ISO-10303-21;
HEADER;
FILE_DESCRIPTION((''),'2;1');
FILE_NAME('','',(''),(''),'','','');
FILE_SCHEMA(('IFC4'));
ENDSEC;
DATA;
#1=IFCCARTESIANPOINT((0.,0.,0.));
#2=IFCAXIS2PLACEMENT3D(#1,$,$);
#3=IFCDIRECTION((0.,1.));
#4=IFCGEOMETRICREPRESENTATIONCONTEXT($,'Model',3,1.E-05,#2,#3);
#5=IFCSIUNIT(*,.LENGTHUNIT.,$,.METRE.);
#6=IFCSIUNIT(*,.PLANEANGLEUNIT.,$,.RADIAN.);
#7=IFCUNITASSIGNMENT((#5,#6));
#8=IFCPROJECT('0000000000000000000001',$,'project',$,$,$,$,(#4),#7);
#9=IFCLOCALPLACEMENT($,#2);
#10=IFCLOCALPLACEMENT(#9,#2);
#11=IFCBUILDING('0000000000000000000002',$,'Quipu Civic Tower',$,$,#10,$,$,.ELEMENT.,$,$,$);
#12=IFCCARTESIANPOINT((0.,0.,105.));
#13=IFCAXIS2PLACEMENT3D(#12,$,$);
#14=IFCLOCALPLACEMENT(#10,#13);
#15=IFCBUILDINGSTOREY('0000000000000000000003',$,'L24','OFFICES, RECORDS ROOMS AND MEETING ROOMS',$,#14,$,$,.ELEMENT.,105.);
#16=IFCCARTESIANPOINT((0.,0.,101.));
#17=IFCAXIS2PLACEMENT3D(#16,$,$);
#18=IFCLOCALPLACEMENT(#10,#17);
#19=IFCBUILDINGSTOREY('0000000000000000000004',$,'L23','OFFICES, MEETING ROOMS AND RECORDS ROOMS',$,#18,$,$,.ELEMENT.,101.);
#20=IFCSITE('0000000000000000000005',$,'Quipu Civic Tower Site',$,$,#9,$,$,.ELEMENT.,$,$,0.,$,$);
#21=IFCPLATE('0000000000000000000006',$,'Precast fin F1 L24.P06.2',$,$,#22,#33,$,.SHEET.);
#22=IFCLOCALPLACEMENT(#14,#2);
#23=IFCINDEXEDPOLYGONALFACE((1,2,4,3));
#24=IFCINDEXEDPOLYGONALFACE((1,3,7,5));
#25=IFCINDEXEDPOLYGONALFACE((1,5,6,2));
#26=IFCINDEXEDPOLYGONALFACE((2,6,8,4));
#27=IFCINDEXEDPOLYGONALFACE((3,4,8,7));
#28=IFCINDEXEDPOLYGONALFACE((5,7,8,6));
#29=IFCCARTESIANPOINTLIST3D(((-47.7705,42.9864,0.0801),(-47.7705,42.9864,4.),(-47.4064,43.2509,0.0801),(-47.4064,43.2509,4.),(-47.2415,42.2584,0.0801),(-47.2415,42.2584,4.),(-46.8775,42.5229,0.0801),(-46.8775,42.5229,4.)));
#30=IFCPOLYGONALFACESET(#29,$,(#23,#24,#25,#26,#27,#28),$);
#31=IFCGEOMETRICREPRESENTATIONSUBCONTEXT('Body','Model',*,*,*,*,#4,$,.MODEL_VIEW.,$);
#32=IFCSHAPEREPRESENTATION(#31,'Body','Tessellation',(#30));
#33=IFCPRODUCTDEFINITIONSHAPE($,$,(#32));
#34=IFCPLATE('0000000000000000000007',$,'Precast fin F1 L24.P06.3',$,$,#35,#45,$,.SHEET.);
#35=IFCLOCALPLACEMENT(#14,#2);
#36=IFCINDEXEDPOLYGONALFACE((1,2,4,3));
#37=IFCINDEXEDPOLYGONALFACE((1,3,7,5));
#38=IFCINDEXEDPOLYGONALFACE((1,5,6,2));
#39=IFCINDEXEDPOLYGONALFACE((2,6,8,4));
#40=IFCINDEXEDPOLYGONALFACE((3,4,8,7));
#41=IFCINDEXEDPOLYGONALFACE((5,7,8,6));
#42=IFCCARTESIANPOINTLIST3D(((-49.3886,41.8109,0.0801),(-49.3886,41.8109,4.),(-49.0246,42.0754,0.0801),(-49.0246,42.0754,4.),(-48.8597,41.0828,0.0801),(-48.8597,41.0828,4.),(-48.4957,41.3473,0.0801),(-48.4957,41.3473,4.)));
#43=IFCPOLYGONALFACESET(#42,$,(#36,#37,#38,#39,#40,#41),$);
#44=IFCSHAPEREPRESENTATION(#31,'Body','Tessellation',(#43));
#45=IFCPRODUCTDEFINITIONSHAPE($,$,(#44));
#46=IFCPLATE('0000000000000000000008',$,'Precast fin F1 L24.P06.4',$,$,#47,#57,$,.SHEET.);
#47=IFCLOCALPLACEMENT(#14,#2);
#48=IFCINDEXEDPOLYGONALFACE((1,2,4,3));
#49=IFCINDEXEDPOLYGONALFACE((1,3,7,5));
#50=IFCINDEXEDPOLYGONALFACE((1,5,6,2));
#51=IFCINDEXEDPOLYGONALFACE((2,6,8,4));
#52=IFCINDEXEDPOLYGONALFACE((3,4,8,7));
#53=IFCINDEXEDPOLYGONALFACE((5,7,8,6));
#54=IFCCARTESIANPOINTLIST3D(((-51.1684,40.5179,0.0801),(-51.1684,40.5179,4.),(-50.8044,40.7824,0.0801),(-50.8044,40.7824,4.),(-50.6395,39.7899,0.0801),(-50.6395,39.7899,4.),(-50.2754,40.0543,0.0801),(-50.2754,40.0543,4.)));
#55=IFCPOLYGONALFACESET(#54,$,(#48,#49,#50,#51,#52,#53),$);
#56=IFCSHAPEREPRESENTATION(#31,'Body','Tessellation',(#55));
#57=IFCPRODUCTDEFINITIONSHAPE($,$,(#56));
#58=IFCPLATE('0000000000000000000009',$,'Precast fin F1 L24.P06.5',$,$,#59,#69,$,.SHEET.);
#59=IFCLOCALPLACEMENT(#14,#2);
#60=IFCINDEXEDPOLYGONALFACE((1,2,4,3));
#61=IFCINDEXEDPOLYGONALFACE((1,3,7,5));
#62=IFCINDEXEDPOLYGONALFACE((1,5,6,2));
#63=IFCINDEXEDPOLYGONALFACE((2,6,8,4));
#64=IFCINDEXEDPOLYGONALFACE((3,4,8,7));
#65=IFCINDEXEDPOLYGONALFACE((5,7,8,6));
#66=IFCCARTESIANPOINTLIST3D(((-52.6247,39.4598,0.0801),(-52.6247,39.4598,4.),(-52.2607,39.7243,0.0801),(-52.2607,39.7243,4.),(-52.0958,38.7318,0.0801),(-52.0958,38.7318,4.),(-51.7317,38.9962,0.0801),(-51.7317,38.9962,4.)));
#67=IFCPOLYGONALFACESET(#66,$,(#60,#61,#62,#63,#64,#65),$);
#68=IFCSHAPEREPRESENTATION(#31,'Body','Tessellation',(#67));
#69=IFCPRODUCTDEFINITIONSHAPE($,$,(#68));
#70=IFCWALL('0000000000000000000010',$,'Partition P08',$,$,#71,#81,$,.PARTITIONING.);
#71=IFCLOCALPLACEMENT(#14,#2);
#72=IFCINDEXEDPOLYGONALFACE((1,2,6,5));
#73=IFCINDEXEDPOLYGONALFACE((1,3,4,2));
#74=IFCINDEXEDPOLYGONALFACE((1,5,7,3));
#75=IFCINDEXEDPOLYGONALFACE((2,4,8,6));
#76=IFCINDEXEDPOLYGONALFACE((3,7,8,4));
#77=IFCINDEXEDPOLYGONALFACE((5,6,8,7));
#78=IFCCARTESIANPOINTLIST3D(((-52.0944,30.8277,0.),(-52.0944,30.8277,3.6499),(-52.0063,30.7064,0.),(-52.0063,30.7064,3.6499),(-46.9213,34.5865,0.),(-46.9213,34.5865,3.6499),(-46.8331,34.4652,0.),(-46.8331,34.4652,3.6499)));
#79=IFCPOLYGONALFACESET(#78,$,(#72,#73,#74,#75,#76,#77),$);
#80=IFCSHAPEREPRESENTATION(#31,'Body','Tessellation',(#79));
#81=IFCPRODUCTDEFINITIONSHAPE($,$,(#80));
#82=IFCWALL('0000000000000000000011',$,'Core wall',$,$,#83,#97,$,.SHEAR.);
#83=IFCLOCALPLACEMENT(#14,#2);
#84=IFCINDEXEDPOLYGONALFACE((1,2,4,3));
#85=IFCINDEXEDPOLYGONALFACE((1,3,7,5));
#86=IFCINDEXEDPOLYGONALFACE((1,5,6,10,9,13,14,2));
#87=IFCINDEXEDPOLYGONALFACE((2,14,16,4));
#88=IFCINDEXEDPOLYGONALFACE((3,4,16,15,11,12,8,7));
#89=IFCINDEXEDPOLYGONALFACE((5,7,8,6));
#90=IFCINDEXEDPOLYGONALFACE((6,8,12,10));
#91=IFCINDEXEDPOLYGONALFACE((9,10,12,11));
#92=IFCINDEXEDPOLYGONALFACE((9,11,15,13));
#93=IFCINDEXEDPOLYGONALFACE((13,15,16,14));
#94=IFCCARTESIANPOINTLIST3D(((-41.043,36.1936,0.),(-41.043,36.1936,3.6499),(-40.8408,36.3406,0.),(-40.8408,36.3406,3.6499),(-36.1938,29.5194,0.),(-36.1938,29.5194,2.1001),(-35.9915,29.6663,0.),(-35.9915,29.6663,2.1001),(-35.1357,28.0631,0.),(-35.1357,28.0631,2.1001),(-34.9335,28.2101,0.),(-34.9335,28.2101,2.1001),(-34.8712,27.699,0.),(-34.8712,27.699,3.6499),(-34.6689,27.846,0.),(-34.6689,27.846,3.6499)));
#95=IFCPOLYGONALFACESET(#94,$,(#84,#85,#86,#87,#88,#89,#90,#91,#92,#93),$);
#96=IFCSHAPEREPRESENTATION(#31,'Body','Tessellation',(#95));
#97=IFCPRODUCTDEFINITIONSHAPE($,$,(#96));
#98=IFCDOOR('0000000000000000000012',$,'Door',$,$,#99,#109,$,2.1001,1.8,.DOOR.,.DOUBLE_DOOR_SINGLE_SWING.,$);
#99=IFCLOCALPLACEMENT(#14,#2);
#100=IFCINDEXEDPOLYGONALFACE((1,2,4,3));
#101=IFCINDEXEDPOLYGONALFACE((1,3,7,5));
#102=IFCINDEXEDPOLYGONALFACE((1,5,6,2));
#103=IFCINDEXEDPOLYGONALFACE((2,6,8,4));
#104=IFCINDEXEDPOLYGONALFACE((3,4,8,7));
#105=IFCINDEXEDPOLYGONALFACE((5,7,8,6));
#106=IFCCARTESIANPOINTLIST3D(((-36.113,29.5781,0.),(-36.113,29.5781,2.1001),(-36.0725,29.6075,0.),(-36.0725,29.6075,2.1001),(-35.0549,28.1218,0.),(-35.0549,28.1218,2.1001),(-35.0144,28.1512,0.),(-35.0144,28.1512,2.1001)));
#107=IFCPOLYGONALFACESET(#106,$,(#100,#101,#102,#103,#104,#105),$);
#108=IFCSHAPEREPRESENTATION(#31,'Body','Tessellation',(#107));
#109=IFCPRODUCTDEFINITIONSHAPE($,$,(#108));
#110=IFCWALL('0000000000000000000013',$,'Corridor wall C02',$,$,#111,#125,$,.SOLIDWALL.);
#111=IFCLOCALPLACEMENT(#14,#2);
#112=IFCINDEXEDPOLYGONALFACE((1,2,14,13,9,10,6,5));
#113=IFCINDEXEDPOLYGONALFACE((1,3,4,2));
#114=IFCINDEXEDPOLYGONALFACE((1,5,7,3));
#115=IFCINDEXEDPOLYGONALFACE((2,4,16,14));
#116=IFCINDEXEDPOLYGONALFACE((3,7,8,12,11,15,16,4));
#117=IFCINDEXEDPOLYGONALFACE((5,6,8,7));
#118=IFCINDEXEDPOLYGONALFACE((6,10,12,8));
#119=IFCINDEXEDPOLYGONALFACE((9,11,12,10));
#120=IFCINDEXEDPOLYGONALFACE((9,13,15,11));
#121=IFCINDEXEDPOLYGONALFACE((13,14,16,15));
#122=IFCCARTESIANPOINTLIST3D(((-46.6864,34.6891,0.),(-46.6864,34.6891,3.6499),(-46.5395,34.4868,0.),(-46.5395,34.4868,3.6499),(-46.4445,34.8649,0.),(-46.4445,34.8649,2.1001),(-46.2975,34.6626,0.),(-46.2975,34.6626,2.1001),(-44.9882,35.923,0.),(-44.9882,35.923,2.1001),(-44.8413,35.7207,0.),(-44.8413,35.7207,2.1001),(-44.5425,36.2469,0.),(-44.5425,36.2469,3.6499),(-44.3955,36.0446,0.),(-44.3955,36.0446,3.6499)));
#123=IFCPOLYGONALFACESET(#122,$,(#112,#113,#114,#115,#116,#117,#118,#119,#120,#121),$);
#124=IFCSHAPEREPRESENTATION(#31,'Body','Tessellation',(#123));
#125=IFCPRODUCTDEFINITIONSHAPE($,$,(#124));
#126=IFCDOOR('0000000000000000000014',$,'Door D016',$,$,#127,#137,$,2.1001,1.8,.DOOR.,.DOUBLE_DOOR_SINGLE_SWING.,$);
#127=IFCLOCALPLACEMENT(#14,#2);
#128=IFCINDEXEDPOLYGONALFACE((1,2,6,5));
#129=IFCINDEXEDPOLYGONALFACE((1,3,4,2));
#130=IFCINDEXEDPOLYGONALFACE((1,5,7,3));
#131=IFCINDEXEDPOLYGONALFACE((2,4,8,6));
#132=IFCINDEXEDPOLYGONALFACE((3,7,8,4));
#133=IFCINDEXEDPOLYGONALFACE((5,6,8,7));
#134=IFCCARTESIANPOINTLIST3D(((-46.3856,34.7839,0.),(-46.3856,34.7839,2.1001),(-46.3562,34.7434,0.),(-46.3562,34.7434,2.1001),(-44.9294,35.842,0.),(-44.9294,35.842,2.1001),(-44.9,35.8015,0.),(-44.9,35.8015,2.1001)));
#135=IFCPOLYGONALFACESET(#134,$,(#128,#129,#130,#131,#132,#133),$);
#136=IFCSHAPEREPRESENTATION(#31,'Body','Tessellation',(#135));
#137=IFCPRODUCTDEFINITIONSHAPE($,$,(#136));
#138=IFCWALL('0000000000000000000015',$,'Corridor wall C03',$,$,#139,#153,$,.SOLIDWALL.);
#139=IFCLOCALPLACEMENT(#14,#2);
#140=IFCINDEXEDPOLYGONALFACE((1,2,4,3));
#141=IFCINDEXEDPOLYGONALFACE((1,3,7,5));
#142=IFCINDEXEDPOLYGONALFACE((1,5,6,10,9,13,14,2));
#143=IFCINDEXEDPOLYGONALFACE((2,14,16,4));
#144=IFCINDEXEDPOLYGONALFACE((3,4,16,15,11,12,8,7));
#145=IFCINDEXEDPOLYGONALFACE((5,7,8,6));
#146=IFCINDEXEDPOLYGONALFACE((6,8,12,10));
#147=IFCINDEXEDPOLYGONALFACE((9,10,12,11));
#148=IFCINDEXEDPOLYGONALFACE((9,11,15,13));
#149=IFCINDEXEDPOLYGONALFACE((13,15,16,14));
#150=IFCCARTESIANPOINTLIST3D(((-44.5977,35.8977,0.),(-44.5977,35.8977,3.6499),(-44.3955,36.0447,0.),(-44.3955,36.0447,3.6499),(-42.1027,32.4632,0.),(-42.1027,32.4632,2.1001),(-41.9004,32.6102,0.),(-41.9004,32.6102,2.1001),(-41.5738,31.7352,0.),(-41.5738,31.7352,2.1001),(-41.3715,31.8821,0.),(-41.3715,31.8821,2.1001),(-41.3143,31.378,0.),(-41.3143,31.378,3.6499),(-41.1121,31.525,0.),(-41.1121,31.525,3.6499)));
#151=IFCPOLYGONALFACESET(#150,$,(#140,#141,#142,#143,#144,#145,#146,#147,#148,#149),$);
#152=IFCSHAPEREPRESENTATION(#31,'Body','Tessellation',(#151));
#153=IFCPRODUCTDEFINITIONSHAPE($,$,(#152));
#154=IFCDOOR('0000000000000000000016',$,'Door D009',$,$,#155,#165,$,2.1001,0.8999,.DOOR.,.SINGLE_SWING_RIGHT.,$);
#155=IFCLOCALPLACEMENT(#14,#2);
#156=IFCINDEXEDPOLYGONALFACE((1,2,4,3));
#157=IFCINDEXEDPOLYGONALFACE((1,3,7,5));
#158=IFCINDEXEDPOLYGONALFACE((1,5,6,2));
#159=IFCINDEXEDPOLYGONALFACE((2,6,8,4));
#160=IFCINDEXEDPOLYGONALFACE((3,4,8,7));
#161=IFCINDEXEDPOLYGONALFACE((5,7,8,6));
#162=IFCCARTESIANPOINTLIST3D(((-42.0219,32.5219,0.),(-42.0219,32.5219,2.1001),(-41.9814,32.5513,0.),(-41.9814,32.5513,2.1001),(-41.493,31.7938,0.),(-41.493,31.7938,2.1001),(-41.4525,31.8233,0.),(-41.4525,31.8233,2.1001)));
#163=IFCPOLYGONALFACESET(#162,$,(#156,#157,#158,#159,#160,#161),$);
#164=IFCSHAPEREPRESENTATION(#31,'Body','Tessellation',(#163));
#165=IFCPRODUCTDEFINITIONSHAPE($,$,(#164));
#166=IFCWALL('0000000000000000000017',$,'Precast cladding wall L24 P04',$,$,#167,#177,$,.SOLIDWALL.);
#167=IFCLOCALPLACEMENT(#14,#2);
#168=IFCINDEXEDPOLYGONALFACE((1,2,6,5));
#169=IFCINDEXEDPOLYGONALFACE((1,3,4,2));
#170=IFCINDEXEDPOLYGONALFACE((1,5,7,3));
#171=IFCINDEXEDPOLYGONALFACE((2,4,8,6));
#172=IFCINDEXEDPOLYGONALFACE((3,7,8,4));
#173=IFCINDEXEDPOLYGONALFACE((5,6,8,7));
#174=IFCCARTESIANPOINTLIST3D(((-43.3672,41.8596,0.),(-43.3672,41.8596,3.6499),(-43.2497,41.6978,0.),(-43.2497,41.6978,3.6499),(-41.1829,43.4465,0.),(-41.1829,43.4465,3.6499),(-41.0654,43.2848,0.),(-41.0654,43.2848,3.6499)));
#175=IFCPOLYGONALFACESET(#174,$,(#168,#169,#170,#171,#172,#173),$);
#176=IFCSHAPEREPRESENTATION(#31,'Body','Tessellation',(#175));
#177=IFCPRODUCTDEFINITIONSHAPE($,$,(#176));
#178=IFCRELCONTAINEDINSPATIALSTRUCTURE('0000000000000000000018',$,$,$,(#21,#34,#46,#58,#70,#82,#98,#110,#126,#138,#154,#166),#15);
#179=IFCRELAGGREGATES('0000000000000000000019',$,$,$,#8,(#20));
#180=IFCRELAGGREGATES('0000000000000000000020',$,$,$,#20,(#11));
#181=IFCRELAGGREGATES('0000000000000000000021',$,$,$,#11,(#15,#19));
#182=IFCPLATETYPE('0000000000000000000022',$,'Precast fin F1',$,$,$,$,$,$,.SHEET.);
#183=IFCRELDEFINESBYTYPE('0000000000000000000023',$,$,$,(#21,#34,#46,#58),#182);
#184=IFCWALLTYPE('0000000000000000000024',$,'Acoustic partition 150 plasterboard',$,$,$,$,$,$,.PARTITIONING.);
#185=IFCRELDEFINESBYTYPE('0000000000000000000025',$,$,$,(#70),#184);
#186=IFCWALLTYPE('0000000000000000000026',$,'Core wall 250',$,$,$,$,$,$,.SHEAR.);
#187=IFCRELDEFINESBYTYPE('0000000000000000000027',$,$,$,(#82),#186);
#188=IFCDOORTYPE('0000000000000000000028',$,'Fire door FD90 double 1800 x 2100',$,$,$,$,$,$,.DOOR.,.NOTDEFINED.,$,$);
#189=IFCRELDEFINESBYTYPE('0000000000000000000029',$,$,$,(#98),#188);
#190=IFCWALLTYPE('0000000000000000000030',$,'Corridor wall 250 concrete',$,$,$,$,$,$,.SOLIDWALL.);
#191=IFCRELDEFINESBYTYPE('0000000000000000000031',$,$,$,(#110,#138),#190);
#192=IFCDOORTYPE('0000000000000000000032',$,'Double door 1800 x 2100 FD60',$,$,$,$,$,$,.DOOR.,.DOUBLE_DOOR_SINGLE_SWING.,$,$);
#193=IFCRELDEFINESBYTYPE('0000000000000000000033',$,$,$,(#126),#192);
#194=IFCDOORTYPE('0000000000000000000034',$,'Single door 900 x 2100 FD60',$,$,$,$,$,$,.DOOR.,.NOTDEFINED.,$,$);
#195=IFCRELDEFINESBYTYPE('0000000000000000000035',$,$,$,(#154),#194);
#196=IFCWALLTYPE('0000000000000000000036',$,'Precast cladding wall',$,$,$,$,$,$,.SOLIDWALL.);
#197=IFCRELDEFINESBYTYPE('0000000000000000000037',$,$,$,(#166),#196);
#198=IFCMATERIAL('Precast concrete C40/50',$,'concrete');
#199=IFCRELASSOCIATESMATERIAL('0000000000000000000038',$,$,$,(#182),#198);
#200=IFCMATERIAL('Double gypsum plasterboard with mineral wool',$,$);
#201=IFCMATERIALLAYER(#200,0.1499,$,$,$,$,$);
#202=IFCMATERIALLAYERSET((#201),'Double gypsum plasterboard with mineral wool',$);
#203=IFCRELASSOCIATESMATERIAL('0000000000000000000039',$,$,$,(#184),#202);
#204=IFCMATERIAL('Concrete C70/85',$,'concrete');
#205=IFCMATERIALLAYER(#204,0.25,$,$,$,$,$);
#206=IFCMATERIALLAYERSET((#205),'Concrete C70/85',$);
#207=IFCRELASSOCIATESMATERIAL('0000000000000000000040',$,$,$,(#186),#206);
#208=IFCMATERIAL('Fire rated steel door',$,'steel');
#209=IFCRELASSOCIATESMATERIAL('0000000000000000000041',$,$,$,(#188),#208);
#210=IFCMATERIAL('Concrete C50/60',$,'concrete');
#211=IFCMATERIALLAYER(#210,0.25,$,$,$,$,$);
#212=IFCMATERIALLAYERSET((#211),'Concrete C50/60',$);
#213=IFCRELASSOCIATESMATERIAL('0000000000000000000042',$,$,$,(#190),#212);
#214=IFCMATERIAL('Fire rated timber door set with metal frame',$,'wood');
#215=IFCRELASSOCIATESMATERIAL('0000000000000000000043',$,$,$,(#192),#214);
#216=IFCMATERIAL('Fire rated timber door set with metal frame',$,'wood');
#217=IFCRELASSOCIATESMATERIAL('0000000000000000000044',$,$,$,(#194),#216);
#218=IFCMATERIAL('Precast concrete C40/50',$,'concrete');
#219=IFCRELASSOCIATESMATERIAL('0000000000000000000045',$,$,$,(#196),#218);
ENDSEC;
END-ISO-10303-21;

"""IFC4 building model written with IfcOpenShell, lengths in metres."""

from ifc_helpers import new_model, si_unit, direction, frame, frame_2d, origin, origin_2d, place, context, subcontext, project, spatial, rectangle, extrude, material, layer, layer_set, type_object, element, fill, save


model = new_model("IFC4")

# Units and contexts
model_context = context("Model", 3, precision=1e-05, world=origin(), true_north=direction((0.0, 1.0)))
body_context = subcontext(model_context, "Body", "Model", "MODEL_VIEW")
ifc_project = project(units=[si_unit("LENGTHUNIT", "METRE"), si_unit("PLANEANGLEUNIT", "RADIAN")], contexts=[model_context])

# Site, building, storey
site_placement = place(None, origin())
site = spatial("IfcSite", under=ifc_project, at=site_placement, Name="Quipu Civic Tower Site", CompositionType="ELEMENT", RefElevation=0.0)
building_placement = place(site_placement, origin())
building = spatial("IfcBuilding", under=site, at=building_placement, Name="Quipu Civic Tower", CompositionType="ELEMENT")
storey_1_placement = place(building_placement, frame((0.0, 0.0, 105.0)))
storey_1 = spatial("IfcBuildingStorey", under=building, at=storey_1_placement, Name="L24", Description="OFFICES, RECORDS ROOMS AND MEETING ROOMS", CompositionType="ELEMENT", Elevation=105.0)

# Shared definitions
storey_2_placement = place(building_placement, frame((0.0, 0.0, 101.0)))
storey_2 = spatial("IfcBuildingStorey", under=building, at=storey_2_placement, Name="L23", Description="OFFICES, MEETING ROOMS AND RECORDS ROOMS", CompositionType="ELEMENT", Elevation=101.0)

# Plates
ifc_material_1 = material(Name="Precast concrete C40/50", Category="concrete")
plate_type_1 = type_object("IfcPlateType", Name="Precast fin F1", PredefinedType="SHEET", material=ifc_material_1)
for number, where, z_axis, x_axis, name in (
    (1, (-47.324, 42.7546, 0.0801), (0.0, 0.0, 1.0), (-0.809021, -0.587779, 0.0), "Precast fin F1 L24.P06.2"),
    (2, (-48.9421, 41.5791, 0.0801), (0.0, 0.0, 1.0), (-0.809021, -0.587779, 0.0), "Precast fin F1 L24.P06.3"),
    (3, (-50.7219, 40.2861, 0.0801), (0.0, 0.0, 1.0), (-0.809021, -0.587779, 0.0), "Precast fin F1 L24.P06.4"),
    (4, (-52.1782, 39.228, 0.0801), (0.0, 0.0, 1.0), (-0.809021, -0.587779, 0.0), "Precast fin F1 L24.P06.5"),
):
    element("IfcPlate", number, at=place(storey_1_placement, frame(where, z_axis=z_axis, x_axis=x_axis)), inside=storey_1, type_object=plate_type_1, Name=name, PredefinedType="SHEET", context=body_context, shape_type="SweptSolid", body=[
        extrude(rectangle(XDim=0.45, YDim=0.8999, at=origin_2d()), origin(), (0.0, 0.0, 1.0), 3.9199),
    ])

# Wall
ifc_material_2 = material(Name="Double gypsum plasterboard with mineral wool")
ifc_layer_1 = layer(ifc_material_2, 0.1499)
ifc_layer_set_1 = layer_set([ifc_layer_1], Name="Double gypsum plasterboard with mineral wool")
wall_type_1 = type_object("IfcWallType", Name="Acoustic partition 150 plasterboard", PredefinedType="PARTITIONING", material=ifc_layer_set_1)
wall_1_placement = place(storey_1_placement, frame((-46.8772, 34.5259, 0.0), z_axis=(0.0, 0.0, 1.0), x_axis=(-0.808994, -0.587817, 0.0)))
element("IfcWall", 5, at=wall_1_placement, inside=storey_1, type_object=wall_type_1, Name="Partition P08", PredefinedType="PARTITIONING", context=body_context, shape_type="SweptSolid", body=[
    extrude(rectangle(XDim=6.3945, YDim=0.1499, at=frame_2d((3.1973, 0.0))), origin(), (0.0, 0.0, 1.0), 3.6499),
])

# Walls, openings, doors
ifc_material_3 = material(Name="Concrete C70/85", Category="concrete")
ifc_layer_2 = layer(ifc_material_3, 0.25)
ifc_layer_set_2 = layer_set([ifc_layer_2], Name="Concrete C70/85")
wall_type_2 = type_object("IfcWallType", Name="Core wall 250", PredefinedType="SHEAR", material=ifc_layer_set_2)
wall_2_placement = place(storey_1_placement, frame((-40.9419, 36.2671, 0.0), z_axis=(0.0, 0.0, 1.0), x_axis=(0.587796, -0.809009, 0.0)))
wall_2 = element("IfcWall", 6, at=wall_2_placement, inside=storey_1, type_object=wall_type_2, Name="Core wall", PredefinedType="SHEAR", context=body_context, shape_type="SweptSolid", body=[
    extrude(rectangle(XDim=10.5, YDim=0.25, at=frame_2d((5.25, 0.0))), origin(), (0.0, 0.0, 1.0), 3.6499),
])
opening_1_placement = place(wall_2_placement, frame((8.25, 0.0, 0.0)))
opening_1 = element("IfcOpeningElement", 7, at=opening_1_placement, cuts=wall_2, PredefinedType="OPENING", context=body_context, shape_type="SweptSolid", body=[
    extrude(rectangle(XDim=1.8, YDim=2.1001, at=frame_2d((0.8999, 1.05))), frame((0.0, 0.135, 0.0), z_axis=(0.0, -1.0, 0.0), x_axis=(1.0, 0.0, 0.0)), (0.0, 0.0, 1.0), 0.27),
])
ifc_material_4 = material(Name="Fire rated steel door", Category="steel")
door_type_1 = type_object("IfcDoorType", Name="Fire door FD90 double 1800 x 2100", OperationType="NOTDEFINED", PredefinedType="DOOR", material=ifc_material_4)
door_1_placement = place(opening_1_placement, origin())
door_1 = element("IfcDoor", 8, at=door_1_placement, inside=storey_1, type_object=door_type_1, Name="Door", OperationType="DOUBLE_DOOR_SINGLE_SWING", OverallHeight=2.1001, OverallWidth=1.8, PredefinedType="DOOR", context=body_context, shape_type="SweptSolid", body=[
    extrude(rectangle(XDim=1.8, YDim=2.1001, at=frame_2d((0.8999, 1.05))), frame((0.0, 0.0249, 0.0), z_axis=(0.0, -1.0, 0.0), x_axis=(1.0, 0.0, 0.0)), (0.0, 0.0, 1.0), 0.05),
])
fill(opening_1, door_1)
ifc_material_5 = material(Name="Concrete C50/60", Category="concrete")
ifc_layer_3 = layer(ifc_material_5, 0.25)
ifc_layer_set_3 = layer_set([ifc_layer_3], Name="Concrete C50/60")
wall_type_3 = type_object("IfcWallType", Name="Corridor wall 250 concrete", PredefinedType="SOLIDWALL", material=ifc_layer_set_3)
wall_3_placement = place(storey_1_placement, frame((-46.613, 34.5879, 0.0), z_axis=(0.0, 0.0, 1.0), x_axis=(0.808995, 0.587816, 0.0)))
wall_3 = element("IfcWall", 9, at=wall_3_placement, inside=storey_1, type_object=wall_type_3, Name="Corridor wall C02", PredefinedType="SOLIDWALL", context=body_context, shape_type="SweptSolid", body=[
    extrude(rectangle(XDim=2.6501, YDim=0.25, at=frame_2d((1.3252, 0.0))), origin(), (0.0, 0.0, 1.0), 3.6499),
])
opening_2_placement = place(wall_3_placement, frame((0.2993, 0.0, 0.0)))
opening_2 = element("IfcOpeningElement", 10, at=opening_2_placement, cuts=wall_3, PredefinedType="OPENING", context=body_context, shape_type="SweptSolid", body=[
    extrude(rectangle(XDim=1.8, YDim=2.1001, at=frame_2d((0.8999, 1.05))), frame((0.0, 0.135, 0.0), z_axis=(0.0, -1.0, 0.0), x_axis=(1.0, 0.0, 0.0)), (0.0, 0.0, 1.0), 0.27),
])
ifc_material_6 = material(Name="Fire rated timber door set with metal frame", Category="wood")
door_type_2 = type_object("IfcDoorType", Name="Double door 1800 x 2100 FD60", OperationType="DOUBLE_DOOR_SINGLE_SWING", PredefinedType="DOOR", material=ifc_material_6)
door_2_placement = place(opening_2_placement, origin())
door_2 = element("IfcDoor", 11, at=door_2_placement, inside=storey_1, type_object=door_type_2, Name="Door D016", OperationType="DOUBLE_DOOR_SINGLE_SWING", OverallHeight=2.1001, OverallWidth=1.8, PredefinedType="DOOR", context=body_context, shape_type="SweptSolid", body=[
    extrude(rectangle(XDim=1.8, YDim=2.1001, at=frame_2d((0.8999, 1.05))), frame((0.0, 0.0249, 0.0), z_axis=(0.0, -1.0, 0.0), x_axis=(1.0, 0.0, 0.0)), (0.0, 0.0, 1.0), 0.05),
])
fill(opening_2, door_2)
wall_4_placement = place(storey_1_placement, frame((-44.4966, 35.9712, 0.0), z_axis=(0.0, 0.0, 1.0), x_axis=(0.587743, -0.809048, 0.0)))
wall_4 = element("IfcWall", 12, at=wall_4_placement, inside=storey_1, type_object=wall_type_3, Name="Corridor wall C03", PredefinedType="SOLIDWALL", context=body_context, shape_type="SweptSolid", body=[
    extrude(rectangle(XDim=5.5864, YDim=0.25, at=frame_2d((2.7932, 0.0))), origin(), (0.0, 0.0, 1.0), 3.6499),
])
opening_3_placement = place(wall_4_placement, frame((4.2451, 0.0, 0.0)))
opening_3 = element("IfcOpeningElement", 13, at=opening_3_placement, cuts=wall_4, PredefinedType="OPENING", context=body_context, shape_type="SweptSolid", body=[
    extrude(rectangle(XDim=0.8999, YDim=2.1001, at=frame_2d((0.45, 1.05))), frame((0.0, 0.135, 0.0), z_axis=(0.0, -1.0, 0.0), x_axis=(1.0, 0.0, 0.0)), (0.0, 0.0, 1.0), 0.27),
])
ifc_material_7 = material(Name="Fire rated timber door set with metal frame", Category="wood")
door_type_3 = type_object("IfcDoorType", Name="Single door 900 x 2100 FD60", OperationType="NOTDEFINED", PredefinedType="DOOR", material=ifc_material_7)
door_3_placement = place(opening_3_placement, origin())
door_3 = element("IfcDoor", 14, at=door_3_placement, inside=storey_1, type_object=door_type_3, Name="Door D009", OperationType="SINGLE_SWING_RIGHT", OverallHeight=2.1001, OverallWidth=0.8999, PredefinedType="DOOR", context=body_context, shape_type="SweptSolid", body=[
    extrude(rectangle(XDim=0.8999, YDim=2.1001, at=frame_2d((0.45, 1.05))), frame((0.0, 0.0249, 0.0), z_axis=(0.0, -1.0, 0.0), x_axis=(1.0, 0.0, 0.0)), (0.0, 0.0, 1.0), 0.05),
])
fill(opening_3, door_3)

# Wall
ifc_material_8 = material(Name="Precast concrete C40/50", Category="concrete")
wall_type_4 = type_object("IfcWallType", Name="Precast cladding wall", PredefinedType="SOLIDWALL", material=ifc_material_8)
for number, where, z_axis, x_axis, name in (
    (15, (-41.124, 43.3657, 0.0), (0.0, 0.0, 1.0), (-0.809033, -0.587763, 0.0), "Precast cladding wall L24 P04"),
):
    element("IfcWall", number, at=place(storey_1_placement, frame(where, z_axis=z_axis, x_axis=x_axis)), inside=storey_1, type_object=wall_type_4, Name=name, PredefinedType="SOLIDWALL", context=body_context, shape_type="SweptSolid", body=[
        extrude(rectangle(XDim=2.7, YDim=0.2, at=frame_2d((1.3501, 0.0))), origin(), (0.0, 0.0, 1.0), 3.6499),
    ])

save(model, "model.ifc")
